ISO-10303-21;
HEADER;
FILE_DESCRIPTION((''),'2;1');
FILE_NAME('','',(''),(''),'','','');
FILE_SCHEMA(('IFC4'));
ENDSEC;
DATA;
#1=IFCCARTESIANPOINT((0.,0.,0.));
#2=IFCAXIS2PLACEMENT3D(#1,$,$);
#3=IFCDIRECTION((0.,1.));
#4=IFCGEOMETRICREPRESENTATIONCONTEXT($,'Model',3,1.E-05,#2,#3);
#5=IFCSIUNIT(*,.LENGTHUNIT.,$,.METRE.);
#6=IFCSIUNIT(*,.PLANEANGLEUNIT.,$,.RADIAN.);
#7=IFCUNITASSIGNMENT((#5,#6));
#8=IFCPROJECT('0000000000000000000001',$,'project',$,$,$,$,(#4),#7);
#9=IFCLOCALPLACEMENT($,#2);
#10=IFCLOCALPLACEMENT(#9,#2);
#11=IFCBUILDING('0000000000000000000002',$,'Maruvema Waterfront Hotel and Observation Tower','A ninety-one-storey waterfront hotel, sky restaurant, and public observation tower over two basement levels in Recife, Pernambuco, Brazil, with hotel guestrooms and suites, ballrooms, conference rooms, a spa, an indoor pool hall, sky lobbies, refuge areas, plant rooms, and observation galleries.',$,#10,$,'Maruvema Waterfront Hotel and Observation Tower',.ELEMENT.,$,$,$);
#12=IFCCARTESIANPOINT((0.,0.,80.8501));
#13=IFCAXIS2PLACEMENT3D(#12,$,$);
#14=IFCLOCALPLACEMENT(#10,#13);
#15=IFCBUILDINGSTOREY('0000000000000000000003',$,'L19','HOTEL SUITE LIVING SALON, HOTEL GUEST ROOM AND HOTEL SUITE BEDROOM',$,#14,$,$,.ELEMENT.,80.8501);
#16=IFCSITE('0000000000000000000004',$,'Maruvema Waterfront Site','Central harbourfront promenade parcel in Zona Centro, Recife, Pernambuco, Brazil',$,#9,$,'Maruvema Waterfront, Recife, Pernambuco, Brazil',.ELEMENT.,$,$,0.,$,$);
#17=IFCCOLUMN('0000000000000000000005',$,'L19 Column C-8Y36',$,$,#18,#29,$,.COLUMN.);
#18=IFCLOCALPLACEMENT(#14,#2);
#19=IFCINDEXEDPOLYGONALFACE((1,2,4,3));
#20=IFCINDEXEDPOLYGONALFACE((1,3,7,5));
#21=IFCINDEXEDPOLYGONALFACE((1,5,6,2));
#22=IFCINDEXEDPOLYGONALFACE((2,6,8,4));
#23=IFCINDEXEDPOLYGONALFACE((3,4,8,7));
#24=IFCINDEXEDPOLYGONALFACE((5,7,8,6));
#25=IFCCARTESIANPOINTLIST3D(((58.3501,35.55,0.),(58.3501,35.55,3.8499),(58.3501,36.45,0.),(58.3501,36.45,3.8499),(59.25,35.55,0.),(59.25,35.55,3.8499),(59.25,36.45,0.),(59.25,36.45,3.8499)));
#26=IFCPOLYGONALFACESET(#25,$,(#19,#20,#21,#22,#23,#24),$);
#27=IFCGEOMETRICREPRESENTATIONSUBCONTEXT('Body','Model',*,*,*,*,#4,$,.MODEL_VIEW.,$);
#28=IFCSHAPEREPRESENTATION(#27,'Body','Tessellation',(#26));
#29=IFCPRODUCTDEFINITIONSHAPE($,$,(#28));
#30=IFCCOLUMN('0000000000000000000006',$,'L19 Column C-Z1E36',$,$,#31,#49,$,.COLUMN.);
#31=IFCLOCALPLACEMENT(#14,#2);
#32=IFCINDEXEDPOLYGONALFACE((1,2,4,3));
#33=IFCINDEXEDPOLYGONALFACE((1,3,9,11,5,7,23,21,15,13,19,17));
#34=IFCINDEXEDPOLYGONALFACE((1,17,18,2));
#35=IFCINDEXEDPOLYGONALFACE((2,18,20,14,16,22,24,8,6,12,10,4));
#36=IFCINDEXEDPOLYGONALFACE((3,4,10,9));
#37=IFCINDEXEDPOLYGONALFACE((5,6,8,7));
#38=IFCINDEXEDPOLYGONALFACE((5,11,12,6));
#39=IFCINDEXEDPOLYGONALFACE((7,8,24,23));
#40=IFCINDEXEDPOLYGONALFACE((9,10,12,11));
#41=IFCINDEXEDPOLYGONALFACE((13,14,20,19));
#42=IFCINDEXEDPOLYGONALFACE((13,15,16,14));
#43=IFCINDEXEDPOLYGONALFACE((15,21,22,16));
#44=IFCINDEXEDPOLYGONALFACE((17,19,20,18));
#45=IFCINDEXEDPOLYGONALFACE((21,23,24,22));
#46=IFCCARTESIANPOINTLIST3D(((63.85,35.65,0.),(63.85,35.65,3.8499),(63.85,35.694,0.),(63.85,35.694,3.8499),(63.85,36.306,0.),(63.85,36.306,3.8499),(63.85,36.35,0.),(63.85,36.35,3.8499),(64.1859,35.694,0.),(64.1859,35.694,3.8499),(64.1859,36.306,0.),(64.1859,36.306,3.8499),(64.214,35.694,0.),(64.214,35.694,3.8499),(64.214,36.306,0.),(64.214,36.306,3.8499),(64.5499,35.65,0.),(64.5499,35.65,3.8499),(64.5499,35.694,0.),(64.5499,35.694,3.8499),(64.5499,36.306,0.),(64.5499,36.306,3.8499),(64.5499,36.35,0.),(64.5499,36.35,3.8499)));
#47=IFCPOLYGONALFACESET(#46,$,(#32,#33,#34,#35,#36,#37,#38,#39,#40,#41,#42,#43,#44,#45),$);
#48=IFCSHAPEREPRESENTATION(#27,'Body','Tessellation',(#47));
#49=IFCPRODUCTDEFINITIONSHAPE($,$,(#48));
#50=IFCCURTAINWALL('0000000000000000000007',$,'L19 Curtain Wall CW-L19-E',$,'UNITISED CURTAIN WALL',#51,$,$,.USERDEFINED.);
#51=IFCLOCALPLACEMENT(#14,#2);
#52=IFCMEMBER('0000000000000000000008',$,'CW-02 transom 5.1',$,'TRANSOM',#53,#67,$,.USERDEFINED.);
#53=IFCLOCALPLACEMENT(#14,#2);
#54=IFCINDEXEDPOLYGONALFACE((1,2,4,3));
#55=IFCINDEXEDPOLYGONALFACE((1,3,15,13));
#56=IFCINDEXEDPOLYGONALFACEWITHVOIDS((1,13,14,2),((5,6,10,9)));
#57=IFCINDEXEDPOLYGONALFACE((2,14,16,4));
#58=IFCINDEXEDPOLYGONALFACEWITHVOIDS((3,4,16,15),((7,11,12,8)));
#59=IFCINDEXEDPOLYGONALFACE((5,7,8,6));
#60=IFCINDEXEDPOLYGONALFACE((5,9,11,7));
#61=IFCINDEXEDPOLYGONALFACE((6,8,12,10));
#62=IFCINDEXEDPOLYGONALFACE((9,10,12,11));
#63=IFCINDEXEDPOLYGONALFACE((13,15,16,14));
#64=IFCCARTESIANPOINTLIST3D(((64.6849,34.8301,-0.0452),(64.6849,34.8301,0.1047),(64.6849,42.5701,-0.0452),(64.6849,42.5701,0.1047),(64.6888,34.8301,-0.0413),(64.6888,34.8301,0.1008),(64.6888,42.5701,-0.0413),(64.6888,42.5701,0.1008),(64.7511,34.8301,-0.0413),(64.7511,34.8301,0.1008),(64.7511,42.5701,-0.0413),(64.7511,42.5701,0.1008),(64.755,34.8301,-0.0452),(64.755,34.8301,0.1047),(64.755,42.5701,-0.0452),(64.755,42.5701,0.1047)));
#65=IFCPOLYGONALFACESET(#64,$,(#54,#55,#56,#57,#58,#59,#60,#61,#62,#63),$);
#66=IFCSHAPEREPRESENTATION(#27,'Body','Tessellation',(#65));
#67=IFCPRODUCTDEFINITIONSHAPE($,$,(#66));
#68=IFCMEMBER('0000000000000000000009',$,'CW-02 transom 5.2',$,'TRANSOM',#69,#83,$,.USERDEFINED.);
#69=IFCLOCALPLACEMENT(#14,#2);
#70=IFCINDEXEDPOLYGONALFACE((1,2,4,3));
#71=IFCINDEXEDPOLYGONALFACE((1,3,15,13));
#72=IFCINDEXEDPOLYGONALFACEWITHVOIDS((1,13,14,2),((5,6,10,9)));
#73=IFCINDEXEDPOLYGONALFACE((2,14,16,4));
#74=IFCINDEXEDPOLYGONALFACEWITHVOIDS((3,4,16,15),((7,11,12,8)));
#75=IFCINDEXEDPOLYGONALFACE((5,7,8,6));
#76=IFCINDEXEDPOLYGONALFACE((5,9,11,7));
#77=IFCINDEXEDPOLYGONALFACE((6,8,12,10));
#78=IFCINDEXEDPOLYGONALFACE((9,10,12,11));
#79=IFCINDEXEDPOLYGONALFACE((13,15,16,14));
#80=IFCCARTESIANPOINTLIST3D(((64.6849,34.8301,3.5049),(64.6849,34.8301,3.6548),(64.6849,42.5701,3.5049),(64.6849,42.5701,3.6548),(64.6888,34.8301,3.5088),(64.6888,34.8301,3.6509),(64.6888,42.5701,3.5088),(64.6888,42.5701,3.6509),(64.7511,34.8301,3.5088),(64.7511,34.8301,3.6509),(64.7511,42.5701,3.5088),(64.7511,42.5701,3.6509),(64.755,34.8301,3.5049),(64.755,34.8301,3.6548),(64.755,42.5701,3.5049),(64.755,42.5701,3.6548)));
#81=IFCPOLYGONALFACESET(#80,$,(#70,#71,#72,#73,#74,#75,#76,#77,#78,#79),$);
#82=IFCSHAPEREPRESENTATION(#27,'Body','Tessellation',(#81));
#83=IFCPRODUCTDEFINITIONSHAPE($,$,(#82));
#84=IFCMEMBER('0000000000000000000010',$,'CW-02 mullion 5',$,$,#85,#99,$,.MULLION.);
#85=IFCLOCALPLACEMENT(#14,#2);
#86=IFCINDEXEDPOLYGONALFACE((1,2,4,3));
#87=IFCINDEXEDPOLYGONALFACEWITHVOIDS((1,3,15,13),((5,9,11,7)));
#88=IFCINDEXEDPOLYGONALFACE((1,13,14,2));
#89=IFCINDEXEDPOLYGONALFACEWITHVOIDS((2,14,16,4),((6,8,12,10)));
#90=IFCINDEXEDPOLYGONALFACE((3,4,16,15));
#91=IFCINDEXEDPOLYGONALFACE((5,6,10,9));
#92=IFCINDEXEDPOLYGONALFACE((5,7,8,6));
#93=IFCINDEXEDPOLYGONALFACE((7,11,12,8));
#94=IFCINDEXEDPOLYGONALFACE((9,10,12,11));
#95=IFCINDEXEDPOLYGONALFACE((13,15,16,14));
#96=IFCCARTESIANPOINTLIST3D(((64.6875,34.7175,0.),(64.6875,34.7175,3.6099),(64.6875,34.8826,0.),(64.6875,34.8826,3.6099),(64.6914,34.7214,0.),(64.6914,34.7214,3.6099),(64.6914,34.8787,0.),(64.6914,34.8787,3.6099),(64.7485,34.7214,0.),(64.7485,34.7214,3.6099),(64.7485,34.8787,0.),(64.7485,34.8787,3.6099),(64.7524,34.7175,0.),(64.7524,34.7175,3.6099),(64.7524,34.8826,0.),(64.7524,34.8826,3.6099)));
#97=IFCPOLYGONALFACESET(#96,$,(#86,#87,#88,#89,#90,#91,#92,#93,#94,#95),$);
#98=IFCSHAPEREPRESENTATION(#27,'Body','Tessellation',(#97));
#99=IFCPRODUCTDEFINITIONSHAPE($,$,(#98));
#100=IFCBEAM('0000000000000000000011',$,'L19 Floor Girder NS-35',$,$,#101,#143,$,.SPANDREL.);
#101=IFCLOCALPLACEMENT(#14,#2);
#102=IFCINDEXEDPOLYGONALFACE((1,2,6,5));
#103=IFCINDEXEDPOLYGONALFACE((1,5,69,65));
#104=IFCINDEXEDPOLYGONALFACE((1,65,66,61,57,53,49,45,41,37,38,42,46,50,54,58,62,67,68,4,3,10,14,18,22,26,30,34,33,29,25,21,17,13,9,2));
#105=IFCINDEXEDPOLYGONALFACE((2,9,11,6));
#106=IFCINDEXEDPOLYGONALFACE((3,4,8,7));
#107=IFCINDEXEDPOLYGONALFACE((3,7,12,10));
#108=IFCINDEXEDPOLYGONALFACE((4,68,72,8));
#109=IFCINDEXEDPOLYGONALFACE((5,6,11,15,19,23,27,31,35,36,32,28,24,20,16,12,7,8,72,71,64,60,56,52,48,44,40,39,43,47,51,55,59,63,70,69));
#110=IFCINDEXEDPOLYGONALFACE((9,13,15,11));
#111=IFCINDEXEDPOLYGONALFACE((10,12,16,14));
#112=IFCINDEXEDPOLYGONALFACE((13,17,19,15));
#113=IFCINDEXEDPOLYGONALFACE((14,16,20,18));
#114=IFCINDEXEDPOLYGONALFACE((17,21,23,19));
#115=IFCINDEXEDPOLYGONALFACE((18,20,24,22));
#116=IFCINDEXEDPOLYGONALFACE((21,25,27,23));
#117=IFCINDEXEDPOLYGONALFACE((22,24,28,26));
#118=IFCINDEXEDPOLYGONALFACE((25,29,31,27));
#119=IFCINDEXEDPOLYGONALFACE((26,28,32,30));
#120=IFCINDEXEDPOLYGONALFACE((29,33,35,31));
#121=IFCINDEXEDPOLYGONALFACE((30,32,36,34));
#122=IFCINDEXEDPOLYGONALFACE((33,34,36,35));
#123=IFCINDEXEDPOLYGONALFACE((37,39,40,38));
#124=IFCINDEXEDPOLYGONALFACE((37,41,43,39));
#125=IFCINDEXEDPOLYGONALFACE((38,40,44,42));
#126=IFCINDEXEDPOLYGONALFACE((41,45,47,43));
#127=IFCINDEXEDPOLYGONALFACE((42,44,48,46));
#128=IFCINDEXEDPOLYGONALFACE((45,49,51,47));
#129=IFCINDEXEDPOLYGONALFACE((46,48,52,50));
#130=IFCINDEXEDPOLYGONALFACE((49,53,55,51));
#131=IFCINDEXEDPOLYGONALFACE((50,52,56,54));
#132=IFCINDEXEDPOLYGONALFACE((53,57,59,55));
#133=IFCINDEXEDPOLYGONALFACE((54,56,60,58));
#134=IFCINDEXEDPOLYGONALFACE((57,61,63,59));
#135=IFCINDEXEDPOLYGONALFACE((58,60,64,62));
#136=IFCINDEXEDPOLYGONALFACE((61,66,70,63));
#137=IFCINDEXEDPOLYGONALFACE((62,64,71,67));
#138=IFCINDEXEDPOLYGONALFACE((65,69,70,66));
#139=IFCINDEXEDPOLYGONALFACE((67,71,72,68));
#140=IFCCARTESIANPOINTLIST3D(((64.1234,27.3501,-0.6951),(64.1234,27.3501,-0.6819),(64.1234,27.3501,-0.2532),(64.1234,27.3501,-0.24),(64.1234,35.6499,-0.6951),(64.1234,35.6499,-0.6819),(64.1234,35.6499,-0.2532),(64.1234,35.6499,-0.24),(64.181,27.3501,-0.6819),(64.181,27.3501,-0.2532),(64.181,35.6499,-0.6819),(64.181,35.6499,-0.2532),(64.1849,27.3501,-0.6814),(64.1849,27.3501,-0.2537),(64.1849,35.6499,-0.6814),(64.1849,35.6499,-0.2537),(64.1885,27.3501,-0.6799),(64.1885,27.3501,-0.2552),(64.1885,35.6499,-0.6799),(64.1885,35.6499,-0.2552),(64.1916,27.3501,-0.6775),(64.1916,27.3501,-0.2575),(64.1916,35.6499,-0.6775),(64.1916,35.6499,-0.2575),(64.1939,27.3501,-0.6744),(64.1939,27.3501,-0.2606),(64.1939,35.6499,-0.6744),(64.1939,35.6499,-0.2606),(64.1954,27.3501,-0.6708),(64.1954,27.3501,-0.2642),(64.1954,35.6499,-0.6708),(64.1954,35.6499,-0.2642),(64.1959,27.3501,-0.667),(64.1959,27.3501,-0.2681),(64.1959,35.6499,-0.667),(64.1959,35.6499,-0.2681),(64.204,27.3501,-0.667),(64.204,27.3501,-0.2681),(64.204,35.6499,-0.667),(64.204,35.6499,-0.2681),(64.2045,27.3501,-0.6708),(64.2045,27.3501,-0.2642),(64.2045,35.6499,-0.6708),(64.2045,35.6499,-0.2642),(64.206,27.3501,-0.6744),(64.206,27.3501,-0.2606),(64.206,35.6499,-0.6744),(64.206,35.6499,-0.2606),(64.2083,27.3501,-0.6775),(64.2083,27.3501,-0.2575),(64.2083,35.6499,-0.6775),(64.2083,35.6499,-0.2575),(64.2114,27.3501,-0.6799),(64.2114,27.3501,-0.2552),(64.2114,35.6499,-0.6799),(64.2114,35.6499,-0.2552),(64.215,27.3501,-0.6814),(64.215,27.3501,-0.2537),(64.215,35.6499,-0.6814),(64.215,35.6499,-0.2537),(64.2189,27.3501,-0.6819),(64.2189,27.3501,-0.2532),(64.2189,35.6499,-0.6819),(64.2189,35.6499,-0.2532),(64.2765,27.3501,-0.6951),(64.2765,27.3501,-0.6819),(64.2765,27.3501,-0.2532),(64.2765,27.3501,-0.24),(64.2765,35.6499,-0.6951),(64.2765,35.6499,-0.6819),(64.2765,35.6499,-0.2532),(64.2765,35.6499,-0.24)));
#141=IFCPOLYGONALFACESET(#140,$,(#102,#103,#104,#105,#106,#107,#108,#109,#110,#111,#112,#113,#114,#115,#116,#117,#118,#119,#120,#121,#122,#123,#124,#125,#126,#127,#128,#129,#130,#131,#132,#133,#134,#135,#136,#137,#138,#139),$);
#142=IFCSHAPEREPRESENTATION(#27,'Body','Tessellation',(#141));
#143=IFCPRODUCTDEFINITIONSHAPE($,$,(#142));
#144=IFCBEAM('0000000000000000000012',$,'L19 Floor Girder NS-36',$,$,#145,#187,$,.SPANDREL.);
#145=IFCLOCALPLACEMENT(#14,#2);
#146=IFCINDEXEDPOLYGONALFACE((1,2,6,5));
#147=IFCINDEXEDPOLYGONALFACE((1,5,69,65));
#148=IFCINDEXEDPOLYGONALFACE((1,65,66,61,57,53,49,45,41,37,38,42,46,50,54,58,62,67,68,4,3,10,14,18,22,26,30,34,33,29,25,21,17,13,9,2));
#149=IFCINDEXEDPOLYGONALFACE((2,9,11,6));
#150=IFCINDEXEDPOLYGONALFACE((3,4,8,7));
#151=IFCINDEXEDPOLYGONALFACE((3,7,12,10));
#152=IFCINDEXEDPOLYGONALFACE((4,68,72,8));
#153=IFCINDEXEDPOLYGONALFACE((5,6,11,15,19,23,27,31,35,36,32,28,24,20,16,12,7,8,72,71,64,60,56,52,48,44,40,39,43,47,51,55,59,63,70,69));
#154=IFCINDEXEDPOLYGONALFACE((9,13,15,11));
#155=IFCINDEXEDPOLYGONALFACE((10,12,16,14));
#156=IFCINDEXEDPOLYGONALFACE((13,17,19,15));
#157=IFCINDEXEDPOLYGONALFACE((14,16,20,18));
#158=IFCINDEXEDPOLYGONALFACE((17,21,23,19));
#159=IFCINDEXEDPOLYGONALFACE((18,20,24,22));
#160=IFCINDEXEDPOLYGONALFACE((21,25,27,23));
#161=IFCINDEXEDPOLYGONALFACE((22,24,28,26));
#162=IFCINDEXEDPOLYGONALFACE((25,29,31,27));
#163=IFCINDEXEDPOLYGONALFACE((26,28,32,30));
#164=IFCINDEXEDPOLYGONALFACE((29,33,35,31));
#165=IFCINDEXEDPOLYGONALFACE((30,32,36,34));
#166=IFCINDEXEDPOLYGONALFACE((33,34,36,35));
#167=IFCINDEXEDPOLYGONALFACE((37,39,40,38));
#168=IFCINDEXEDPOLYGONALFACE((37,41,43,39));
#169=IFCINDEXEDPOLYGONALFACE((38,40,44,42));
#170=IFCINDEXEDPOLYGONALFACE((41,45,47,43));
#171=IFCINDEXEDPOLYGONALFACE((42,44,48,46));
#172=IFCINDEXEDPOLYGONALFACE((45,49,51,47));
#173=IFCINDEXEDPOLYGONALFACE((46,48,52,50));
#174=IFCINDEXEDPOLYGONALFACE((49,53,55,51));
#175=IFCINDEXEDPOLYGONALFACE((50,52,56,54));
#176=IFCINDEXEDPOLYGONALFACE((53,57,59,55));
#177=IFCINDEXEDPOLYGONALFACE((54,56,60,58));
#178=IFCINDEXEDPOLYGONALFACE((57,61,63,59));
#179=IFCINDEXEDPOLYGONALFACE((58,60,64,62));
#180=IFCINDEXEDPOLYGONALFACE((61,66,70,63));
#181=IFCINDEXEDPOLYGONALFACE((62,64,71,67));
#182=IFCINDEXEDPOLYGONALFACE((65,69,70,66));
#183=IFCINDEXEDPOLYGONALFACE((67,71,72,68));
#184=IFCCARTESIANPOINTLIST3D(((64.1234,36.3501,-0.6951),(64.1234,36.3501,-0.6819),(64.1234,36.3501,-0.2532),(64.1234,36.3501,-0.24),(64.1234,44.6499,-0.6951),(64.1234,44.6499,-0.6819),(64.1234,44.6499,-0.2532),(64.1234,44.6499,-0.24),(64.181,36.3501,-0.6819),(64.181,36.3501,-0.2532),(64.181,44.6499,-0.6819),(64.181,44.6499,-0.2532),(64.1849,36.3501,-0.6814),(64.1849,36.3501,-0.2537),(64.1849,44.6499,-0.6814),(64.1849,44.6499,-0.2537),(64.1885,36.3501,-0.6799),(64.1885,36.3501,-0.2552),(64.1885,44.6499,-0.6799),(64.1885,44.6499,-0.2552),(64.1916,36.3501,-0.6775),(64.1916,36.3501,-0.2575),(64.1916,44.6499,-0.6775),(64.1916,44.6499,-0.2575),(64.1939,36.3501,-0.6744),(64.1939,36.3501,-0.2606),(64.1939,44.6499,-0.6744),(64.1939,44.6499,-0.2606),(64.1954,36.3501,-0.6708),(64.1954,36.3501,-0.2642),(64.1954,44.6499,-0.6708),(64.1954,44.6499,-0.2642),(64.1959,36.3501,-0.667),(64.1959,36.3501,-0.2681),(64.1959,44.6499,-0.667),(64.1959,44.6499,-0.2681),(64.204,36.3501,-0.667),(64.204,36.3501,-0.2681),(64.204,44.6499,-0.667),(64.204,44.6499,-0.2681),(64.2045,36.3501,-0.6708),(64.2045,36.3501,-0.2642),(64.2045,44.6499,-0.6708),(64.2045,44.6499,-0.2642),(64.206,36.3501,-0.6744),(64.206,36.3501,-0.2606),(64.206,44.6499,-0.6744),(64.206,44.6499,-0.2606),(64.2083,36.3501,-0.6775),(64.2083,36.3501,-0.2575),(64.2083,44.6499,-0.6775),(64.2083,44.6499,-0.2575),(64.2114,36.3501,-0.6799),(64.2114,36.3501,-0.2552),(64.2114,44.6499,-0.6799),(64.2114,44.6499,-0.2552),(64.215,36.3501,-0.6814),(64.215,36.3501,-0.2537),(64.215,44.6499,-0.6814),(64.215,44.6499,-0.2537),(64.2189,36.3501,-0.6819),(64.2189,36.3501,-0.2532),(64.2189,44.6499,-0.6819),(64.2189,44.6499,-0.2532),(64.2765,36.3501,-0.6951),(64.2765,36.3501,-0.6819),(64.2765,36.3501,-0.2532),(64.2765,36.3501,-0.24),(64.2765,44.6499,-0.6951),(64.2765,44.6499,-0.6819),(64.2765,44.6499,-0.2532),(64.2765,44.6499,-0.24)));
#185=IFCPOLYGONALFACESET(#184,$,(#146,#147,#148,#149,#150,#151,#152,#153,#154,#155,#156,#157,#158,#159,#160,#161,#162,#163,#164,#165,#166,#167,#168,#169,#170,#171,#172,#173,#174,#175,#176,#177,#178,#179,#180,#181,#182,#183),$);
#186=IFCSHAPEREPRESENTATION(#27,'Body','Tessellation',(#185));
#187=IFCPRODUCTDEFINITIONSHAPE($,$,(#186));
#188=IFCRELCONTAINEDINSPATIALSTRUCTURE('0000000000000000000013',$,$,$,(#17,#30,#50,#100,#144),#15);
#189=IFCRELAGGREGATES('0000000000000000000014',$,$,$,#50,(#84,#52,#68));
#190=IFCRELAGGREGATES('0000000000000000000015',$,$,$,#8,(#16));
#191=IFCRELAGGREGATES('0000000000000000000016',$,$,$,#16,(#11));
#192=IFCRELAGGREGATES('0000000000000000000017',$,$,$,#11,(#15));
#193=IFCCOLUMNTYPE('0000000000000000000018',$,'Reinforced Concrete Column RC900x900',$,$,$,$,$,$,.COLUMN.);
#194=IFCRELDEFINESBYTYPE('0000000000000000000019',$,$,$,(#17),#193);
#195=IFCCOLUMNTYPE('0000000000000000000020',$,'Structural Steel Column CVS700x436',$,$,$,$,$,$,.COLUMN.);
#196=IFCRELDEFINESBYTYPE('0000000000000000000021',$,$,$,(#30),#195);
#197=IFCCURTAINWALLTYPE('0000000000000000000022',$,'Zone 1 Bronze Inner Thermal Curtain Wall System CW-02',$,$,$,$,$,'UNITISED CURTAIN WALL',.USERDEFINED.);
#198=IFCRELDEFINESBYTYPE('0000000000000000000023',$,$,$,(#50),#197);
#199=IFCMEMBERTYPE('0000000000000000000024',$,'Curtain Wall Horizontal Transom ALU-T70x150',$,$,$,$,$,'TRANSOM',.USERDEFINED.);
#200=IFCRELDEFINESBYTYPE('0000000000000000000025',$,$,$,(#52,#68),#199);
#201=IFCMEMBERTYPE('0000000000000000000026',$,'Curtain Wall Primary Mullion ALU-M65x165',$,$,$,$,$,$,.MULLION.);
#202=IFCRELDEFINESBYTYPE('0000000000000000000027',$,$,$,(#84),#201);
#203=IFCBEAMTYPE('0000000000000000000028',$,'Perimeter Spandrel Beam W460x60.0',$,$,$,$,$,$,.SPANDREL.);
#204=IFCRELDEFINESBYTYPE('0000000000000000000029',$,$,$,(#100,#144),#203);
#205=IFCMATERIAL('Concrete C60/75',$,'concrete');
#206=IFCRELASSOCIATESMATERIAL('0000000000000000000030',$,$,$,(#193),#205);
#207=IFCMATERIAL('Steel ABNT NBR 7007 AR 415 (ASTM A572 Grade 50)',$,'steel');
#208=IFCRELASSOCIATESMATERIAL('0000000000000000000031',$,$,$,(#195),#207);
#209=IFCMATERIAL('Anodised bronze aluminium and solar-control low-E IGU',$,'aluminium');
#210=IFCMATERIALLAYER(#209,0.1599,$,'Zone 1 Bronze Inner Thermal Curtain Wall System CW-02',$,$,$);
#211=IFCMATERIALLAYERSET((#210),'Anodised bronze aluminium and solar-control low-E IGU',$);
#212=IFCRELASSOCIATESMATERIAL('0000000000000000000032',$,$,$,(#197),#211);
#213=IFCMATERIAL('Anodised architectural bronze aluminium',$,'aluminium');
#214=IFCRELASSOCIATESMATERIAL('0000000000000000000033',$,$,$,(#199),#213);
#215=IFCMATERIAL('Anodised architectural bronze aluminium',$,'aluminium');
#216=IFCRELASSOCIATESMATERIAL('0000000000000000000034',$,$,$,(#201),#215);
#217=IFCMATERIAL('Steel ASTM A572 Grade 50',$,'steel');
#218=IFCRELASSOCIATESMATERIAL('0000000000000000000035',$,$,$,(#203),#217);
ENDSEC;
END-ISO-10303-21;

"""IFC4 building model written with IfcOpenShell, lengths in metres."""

from ifc_helpers import new_model, si_unit, direction, frame, origin, origin_2d, place, context, subcontext, project, spatial, rectangle, hollow_rectangle, i_section, extrude, material, layer, layer_set, material_profile, profile_set, type_object, element, aggregate, save


model = new_model("IFC4")

# Units and contexts
model_context = context("Model", 3, precision=1e-05, world=origin(), true_north=direction((0.0, 1.0)))
body_context = subcontext(model_context, "Body", "Model", "MODEL_VIEW")
ifc_project = project(units=[si_unit("LENGTHUNIT", "METRE"), si_unit("PLANEANGLEUNIT", "RADIAN")], contexts=[model_context])

# Site, building, storey
site_placement = place(None, origin())
site = spatial("IfcSite", under=ifc_project, at=site_placement, Name="Maruvema Waterfront Site", Description="Central harbourfront promenade parcel in Zona Centro, Recife, Pernambuco, Brazil", LongName="Maruvema Waterfront, Recife, Pernambuco, Brazil", CompositionType="ELEMENT", RefElevation=0.0)
building_placement = place(site_placement, origin())
building = spatial("IfcBuilding", under=site, at=building_placement, Name="Maruvema Waterfront Hotel and Observation Tower", Description="A ninety-one-storey waterfront hotel, sky restaurant, and public observation tower over two basement levels in Recife, Pernambuco, Brazil, with hotel guestrooms and suites, ballrooms, conference rooms, a spa, an indoor pool hall, sky lobbies, refuge areas, plant rooms, and observation galleries.", LongName="Maruvema Waterfront Hotel and Observation Tower", CompositionType="ELEMENT")
storey_placement = place(building_placement, frame((0.0, 0.0, 80.8501)))
storey = spatial("IfcBuildingStorey", under=building, at=storey_placement, Name="L19", Description="HOTEL SUITE LIVING SALON, HOTEL GUEST ROOM AND HOTEL SUITE BEDROOM", CompositionType="ELEMENT", Elevation=80.8501)

# Columns
ifc_material_1 = material(Name="Concrete C60/75", Category="concrete")
ifc_material_profile_1 = material_profile(ifc_material_1, rectangle(XDim=0.8999, YDim=0.8999, at=origin_2d()), Name="RC900x900")
ifc_profile_set_1 = profile_set([ifc_material_profile_1], Name="Concrete C60/75")
column_type_1 = type_object("IfcColumnType", Name="Reinforced Concrete Column RC900x900", PredefinedType="COLUMN", material=ifc_profile_set_1)
column_1_placement = place(storey_placement, frame((58.8, 36.0, 0.0), z_axis=(0.0, 0.0, 1.0), x_axis=(1.0, 0.0, 0.0)))
element("IfcColumn", 1, at=column_1_placement, inside=storey, type_object=column_type_1, Name="L19 Column C-8Y36", PredefinedType="COLUMN", context=body_context, shape_type="SweptSolid", body=[
    extrude(rectangle(XDim=0.8999, YDim=0.8999, at=origin_2d()), origin(), (0.0, 0.0, 1.0), 3.8499),
])
ifc_material_2 = material(Name="Steel ABNT NBR 7007 AR 415 (ASTM A572 Grade 50)", Category="steel")
ifc_material_profile_2 = material_profile(ifc_material_2, i_section(OverallWidth=0.7, OverallDepth=0.7, WebThickness=0.0281, FlangeThickness=0.0439, at=origin_2d()), Name="CVS700x436")
ifc_profile_set_2 = profile_set([ifc_material_profile_2], Name="Steel ABNT NBR 7007 AR 415 (ASTM A572 Grade 50)")
column_type_2 = type_object("IfcColumnType", Name="Structural Steel Column CVS700x436", PredefinedType="COLUMN", material=ifc_profile_set_2)
column_2_placement = place(storey_placement, frame((64.2, 36.0, 0.0), z_axis=(0.0, 0.0, 1.0), x_axis=(1.0, 0.0, 0.0)))
element("IfcColumn", 2, at=column_2_placement, inside=storey, type_object=column_type_2, Name="L19 Column C-Z1E36", PredefinedType="COLUMN", context=body_context, shape_type="SweptSolid", body=[
    extrude(i_section(OverallWidth=0.7, OverallDepth=0.7, WebThickness=0.0281, FlangeThickness=0.0439, at=origin_2d()), origin(), (0.0, 0.0, 1.0), 3.8499),
])

# Curtain wall, members
ifc_material_3 = material(Name="Anodised bronze aluminium and solar-control low-E IGU", Category="aluminium")
ifc_layer_1 = layer(ifc_material_3, 0.1599, Name="Zone 1 Bronze Inner Thermal Curtain Wall System CW-02")
ifc_layer_set_1 = layer_set([ifc_layer_1], Name="Anodised bronze aluminium and solar-control low-E IGU")
curtain_wall_type = type_object("IfcCurtainWallType", Name="Zone 1 Bronze Inner Thermal Curtain Wall System CW-02", ElementType="UNITISED CURTAIN WALL", PredefinedType="USERDEFINED", material=ifc_layer_set_1)
curtain_wall_placement = place(storey_placement, origin())
curtain_wall = element("IfcCurtainWall", 3, at=curtain_wall_placement, inside=storey, type_object=curtain_wall_type, Name="L19 Curtain Wall CW-L19-E", ObjectType="UNITISED CURTAIN WALL", PredefinedType="USERDEFINED")
ifc_material_4 = material(Name="Anodised architectural bronze aluminium", Category="aluminium")
ifc_material_profile_3 = material_profile(ifc_material_4, hollow_rectangle(XDim=0.0701, YDim=0.1499, WallThickness=0.0039, at=origin_2d()), Name="ALU-T70x150")
ifc_profile_set_3 = profile_set([ifc_material_profile_3], Name="Anodised architectural bronze aluminium")
member_type_1 = type_object("IfcMemberType", Name="Curtain Wall Horizontal Transom ALU-T70x150", ElementType="TRANSOM", PredefinedType="USERDEFINED", material=ifc_profile_set_3)
member_1_placement = place(storey_placement, frame((64.72, 34.8301, 0.0298), z_axis=(0.0, 1.0, 0.0), x_axis=(-1.0, 0.0, 0.0)))
member_1 = element("IfcMember", 4, at=member_1_placement, type_object=member_type_1, Name="CW-02 transom 5.1", ObjectType="TRANSOM", PredefinedType="USERDEFINED", context=body_context, shape_type="SweptSolid", body=[
    extrude(hollow_rectangle(XDim=0.0701, YDim=0.1499, WallThickness=0.0039, at=origin_2d()), origin(), (0.0, 0.0, 1.0), 7.74),
])
member_2_placement = place(storey_placement, frame((64.72, 34.8301, 3.5798), z_axis=(0.0, 1.0, 0.0), x_axis=(-1.0, 0.0, 0.0)))
member_2 = element("IfcMember", 5, at=member_2_placement, type_object=member_type_1, Name="CW-02 transom 5.2", ObjectType="TRANSOM", PredefinedType="USERDEFINED", context=body_context, shape_type="SweptSolid", body=[
    extrude(hollow_rectangle(XDim=0.0701, YDim=0.1499, WallThickness=0.0039, at=origin_2d()), origin(), (0.0, 0.0, 1.0), 7.74),
])
ifc_material_5 = material(Name="Anodised architectural bronze aluminium", Category="aluminium")
ifc_material_profile_4 = material_profile(ifc_material_5, hollow_rectangle(XDim=0.0649, YDim=0.165, WallThickness=0.0039, at=origin_2d()), Name="ALU-M65x165")
ifc_profile_set_4 = profile_set([ifc_material_profile_4], Name="Anodised architectural bronze aluminium")
member_type_2 = type_object("IfcMemberType", Name="Curtain Wall Primary Mullion ALU-M65x165", PredefinedType="MULLION", material=ifc_profile_set_4)
member_3_placement = place(storey_placement, frame((64.72, 34.8, 0.0), z_axis=(0.0, 0.0, 1.0), x_axis=(-1.0, 0.0, 0.0)))
member_3 = element("IfcMember", 6, at=member_3_placement, type_object=member_type_2, Name="CW-02 mullion 5", PredefinedType="MULLION", context=body_context, shape_type="SweptSolid", body=[
    extrude(hollow_rectangle(XDim=0.0649, YDim=0.165, WallThickness=0.0039, at=origin_2d()), origin(), (0.0, 0.0, 1.0), 3.6099),
])

# Beams
ifc_material_6 = material(Name="Steel ASTM A572 Grade 50", Category="steel")
ifc_material_profile_5 = material_profile(ifc_material_6, i_section(OverallWidth=0.1531, OverallDepth=0.4551, WebThickness=0.0081, FlangeThickness=0.0132, FilletRadius=0.0149, at=origin_2d()), Name="W460x60.0")
ifc_profile_set_5 = profile_set([ifc_material_profile_5], Name="Steel ASTM A572 Grade 50")
beam_type_1 = type_object("IfcBeamType", Name="Perimeter Spandrel Beam W460x60.0", PredefinedType="SPANDREL", material=ifc_profile_set_5)
for number, where, z_axis, x_axis, name in (
    (7, (64.2, 27.3501, -0.4675), (0.0, 1.0, 0.0), (-1.0, 0.0, 0.0), "L19 Floor Girder NS-35"),
    (8, (64.2, 36.3501, -0.4675), (0.0, 1.0, 0.0), (-1.0, 0.0, 0.0), "L19 Floor Girder NS-36"),
):
    element("IfcBeam", number, at=place(storey_placement, frame(where, z_axis=z_axis, x_axis=x_axis)), inside=storey, type_object=beam_type_1, Name=name, PredefinedType="SPANDREL", context=body_context, shape_type="SweptSolid", body=[
        extrude(i_section(OverallWidth=0.1531, OverallDepth=0.4551, WebThickness=0.0081, FlangeThickness=0.0132, FilletRadius=0.0149, at=origin_2d()), origin(), (0.0, 0.0, 1.0), 8.2998),
    ])

aggregate(curtain_wall, [member_3, member_1, member_2])

save(model, "model.ifc")
